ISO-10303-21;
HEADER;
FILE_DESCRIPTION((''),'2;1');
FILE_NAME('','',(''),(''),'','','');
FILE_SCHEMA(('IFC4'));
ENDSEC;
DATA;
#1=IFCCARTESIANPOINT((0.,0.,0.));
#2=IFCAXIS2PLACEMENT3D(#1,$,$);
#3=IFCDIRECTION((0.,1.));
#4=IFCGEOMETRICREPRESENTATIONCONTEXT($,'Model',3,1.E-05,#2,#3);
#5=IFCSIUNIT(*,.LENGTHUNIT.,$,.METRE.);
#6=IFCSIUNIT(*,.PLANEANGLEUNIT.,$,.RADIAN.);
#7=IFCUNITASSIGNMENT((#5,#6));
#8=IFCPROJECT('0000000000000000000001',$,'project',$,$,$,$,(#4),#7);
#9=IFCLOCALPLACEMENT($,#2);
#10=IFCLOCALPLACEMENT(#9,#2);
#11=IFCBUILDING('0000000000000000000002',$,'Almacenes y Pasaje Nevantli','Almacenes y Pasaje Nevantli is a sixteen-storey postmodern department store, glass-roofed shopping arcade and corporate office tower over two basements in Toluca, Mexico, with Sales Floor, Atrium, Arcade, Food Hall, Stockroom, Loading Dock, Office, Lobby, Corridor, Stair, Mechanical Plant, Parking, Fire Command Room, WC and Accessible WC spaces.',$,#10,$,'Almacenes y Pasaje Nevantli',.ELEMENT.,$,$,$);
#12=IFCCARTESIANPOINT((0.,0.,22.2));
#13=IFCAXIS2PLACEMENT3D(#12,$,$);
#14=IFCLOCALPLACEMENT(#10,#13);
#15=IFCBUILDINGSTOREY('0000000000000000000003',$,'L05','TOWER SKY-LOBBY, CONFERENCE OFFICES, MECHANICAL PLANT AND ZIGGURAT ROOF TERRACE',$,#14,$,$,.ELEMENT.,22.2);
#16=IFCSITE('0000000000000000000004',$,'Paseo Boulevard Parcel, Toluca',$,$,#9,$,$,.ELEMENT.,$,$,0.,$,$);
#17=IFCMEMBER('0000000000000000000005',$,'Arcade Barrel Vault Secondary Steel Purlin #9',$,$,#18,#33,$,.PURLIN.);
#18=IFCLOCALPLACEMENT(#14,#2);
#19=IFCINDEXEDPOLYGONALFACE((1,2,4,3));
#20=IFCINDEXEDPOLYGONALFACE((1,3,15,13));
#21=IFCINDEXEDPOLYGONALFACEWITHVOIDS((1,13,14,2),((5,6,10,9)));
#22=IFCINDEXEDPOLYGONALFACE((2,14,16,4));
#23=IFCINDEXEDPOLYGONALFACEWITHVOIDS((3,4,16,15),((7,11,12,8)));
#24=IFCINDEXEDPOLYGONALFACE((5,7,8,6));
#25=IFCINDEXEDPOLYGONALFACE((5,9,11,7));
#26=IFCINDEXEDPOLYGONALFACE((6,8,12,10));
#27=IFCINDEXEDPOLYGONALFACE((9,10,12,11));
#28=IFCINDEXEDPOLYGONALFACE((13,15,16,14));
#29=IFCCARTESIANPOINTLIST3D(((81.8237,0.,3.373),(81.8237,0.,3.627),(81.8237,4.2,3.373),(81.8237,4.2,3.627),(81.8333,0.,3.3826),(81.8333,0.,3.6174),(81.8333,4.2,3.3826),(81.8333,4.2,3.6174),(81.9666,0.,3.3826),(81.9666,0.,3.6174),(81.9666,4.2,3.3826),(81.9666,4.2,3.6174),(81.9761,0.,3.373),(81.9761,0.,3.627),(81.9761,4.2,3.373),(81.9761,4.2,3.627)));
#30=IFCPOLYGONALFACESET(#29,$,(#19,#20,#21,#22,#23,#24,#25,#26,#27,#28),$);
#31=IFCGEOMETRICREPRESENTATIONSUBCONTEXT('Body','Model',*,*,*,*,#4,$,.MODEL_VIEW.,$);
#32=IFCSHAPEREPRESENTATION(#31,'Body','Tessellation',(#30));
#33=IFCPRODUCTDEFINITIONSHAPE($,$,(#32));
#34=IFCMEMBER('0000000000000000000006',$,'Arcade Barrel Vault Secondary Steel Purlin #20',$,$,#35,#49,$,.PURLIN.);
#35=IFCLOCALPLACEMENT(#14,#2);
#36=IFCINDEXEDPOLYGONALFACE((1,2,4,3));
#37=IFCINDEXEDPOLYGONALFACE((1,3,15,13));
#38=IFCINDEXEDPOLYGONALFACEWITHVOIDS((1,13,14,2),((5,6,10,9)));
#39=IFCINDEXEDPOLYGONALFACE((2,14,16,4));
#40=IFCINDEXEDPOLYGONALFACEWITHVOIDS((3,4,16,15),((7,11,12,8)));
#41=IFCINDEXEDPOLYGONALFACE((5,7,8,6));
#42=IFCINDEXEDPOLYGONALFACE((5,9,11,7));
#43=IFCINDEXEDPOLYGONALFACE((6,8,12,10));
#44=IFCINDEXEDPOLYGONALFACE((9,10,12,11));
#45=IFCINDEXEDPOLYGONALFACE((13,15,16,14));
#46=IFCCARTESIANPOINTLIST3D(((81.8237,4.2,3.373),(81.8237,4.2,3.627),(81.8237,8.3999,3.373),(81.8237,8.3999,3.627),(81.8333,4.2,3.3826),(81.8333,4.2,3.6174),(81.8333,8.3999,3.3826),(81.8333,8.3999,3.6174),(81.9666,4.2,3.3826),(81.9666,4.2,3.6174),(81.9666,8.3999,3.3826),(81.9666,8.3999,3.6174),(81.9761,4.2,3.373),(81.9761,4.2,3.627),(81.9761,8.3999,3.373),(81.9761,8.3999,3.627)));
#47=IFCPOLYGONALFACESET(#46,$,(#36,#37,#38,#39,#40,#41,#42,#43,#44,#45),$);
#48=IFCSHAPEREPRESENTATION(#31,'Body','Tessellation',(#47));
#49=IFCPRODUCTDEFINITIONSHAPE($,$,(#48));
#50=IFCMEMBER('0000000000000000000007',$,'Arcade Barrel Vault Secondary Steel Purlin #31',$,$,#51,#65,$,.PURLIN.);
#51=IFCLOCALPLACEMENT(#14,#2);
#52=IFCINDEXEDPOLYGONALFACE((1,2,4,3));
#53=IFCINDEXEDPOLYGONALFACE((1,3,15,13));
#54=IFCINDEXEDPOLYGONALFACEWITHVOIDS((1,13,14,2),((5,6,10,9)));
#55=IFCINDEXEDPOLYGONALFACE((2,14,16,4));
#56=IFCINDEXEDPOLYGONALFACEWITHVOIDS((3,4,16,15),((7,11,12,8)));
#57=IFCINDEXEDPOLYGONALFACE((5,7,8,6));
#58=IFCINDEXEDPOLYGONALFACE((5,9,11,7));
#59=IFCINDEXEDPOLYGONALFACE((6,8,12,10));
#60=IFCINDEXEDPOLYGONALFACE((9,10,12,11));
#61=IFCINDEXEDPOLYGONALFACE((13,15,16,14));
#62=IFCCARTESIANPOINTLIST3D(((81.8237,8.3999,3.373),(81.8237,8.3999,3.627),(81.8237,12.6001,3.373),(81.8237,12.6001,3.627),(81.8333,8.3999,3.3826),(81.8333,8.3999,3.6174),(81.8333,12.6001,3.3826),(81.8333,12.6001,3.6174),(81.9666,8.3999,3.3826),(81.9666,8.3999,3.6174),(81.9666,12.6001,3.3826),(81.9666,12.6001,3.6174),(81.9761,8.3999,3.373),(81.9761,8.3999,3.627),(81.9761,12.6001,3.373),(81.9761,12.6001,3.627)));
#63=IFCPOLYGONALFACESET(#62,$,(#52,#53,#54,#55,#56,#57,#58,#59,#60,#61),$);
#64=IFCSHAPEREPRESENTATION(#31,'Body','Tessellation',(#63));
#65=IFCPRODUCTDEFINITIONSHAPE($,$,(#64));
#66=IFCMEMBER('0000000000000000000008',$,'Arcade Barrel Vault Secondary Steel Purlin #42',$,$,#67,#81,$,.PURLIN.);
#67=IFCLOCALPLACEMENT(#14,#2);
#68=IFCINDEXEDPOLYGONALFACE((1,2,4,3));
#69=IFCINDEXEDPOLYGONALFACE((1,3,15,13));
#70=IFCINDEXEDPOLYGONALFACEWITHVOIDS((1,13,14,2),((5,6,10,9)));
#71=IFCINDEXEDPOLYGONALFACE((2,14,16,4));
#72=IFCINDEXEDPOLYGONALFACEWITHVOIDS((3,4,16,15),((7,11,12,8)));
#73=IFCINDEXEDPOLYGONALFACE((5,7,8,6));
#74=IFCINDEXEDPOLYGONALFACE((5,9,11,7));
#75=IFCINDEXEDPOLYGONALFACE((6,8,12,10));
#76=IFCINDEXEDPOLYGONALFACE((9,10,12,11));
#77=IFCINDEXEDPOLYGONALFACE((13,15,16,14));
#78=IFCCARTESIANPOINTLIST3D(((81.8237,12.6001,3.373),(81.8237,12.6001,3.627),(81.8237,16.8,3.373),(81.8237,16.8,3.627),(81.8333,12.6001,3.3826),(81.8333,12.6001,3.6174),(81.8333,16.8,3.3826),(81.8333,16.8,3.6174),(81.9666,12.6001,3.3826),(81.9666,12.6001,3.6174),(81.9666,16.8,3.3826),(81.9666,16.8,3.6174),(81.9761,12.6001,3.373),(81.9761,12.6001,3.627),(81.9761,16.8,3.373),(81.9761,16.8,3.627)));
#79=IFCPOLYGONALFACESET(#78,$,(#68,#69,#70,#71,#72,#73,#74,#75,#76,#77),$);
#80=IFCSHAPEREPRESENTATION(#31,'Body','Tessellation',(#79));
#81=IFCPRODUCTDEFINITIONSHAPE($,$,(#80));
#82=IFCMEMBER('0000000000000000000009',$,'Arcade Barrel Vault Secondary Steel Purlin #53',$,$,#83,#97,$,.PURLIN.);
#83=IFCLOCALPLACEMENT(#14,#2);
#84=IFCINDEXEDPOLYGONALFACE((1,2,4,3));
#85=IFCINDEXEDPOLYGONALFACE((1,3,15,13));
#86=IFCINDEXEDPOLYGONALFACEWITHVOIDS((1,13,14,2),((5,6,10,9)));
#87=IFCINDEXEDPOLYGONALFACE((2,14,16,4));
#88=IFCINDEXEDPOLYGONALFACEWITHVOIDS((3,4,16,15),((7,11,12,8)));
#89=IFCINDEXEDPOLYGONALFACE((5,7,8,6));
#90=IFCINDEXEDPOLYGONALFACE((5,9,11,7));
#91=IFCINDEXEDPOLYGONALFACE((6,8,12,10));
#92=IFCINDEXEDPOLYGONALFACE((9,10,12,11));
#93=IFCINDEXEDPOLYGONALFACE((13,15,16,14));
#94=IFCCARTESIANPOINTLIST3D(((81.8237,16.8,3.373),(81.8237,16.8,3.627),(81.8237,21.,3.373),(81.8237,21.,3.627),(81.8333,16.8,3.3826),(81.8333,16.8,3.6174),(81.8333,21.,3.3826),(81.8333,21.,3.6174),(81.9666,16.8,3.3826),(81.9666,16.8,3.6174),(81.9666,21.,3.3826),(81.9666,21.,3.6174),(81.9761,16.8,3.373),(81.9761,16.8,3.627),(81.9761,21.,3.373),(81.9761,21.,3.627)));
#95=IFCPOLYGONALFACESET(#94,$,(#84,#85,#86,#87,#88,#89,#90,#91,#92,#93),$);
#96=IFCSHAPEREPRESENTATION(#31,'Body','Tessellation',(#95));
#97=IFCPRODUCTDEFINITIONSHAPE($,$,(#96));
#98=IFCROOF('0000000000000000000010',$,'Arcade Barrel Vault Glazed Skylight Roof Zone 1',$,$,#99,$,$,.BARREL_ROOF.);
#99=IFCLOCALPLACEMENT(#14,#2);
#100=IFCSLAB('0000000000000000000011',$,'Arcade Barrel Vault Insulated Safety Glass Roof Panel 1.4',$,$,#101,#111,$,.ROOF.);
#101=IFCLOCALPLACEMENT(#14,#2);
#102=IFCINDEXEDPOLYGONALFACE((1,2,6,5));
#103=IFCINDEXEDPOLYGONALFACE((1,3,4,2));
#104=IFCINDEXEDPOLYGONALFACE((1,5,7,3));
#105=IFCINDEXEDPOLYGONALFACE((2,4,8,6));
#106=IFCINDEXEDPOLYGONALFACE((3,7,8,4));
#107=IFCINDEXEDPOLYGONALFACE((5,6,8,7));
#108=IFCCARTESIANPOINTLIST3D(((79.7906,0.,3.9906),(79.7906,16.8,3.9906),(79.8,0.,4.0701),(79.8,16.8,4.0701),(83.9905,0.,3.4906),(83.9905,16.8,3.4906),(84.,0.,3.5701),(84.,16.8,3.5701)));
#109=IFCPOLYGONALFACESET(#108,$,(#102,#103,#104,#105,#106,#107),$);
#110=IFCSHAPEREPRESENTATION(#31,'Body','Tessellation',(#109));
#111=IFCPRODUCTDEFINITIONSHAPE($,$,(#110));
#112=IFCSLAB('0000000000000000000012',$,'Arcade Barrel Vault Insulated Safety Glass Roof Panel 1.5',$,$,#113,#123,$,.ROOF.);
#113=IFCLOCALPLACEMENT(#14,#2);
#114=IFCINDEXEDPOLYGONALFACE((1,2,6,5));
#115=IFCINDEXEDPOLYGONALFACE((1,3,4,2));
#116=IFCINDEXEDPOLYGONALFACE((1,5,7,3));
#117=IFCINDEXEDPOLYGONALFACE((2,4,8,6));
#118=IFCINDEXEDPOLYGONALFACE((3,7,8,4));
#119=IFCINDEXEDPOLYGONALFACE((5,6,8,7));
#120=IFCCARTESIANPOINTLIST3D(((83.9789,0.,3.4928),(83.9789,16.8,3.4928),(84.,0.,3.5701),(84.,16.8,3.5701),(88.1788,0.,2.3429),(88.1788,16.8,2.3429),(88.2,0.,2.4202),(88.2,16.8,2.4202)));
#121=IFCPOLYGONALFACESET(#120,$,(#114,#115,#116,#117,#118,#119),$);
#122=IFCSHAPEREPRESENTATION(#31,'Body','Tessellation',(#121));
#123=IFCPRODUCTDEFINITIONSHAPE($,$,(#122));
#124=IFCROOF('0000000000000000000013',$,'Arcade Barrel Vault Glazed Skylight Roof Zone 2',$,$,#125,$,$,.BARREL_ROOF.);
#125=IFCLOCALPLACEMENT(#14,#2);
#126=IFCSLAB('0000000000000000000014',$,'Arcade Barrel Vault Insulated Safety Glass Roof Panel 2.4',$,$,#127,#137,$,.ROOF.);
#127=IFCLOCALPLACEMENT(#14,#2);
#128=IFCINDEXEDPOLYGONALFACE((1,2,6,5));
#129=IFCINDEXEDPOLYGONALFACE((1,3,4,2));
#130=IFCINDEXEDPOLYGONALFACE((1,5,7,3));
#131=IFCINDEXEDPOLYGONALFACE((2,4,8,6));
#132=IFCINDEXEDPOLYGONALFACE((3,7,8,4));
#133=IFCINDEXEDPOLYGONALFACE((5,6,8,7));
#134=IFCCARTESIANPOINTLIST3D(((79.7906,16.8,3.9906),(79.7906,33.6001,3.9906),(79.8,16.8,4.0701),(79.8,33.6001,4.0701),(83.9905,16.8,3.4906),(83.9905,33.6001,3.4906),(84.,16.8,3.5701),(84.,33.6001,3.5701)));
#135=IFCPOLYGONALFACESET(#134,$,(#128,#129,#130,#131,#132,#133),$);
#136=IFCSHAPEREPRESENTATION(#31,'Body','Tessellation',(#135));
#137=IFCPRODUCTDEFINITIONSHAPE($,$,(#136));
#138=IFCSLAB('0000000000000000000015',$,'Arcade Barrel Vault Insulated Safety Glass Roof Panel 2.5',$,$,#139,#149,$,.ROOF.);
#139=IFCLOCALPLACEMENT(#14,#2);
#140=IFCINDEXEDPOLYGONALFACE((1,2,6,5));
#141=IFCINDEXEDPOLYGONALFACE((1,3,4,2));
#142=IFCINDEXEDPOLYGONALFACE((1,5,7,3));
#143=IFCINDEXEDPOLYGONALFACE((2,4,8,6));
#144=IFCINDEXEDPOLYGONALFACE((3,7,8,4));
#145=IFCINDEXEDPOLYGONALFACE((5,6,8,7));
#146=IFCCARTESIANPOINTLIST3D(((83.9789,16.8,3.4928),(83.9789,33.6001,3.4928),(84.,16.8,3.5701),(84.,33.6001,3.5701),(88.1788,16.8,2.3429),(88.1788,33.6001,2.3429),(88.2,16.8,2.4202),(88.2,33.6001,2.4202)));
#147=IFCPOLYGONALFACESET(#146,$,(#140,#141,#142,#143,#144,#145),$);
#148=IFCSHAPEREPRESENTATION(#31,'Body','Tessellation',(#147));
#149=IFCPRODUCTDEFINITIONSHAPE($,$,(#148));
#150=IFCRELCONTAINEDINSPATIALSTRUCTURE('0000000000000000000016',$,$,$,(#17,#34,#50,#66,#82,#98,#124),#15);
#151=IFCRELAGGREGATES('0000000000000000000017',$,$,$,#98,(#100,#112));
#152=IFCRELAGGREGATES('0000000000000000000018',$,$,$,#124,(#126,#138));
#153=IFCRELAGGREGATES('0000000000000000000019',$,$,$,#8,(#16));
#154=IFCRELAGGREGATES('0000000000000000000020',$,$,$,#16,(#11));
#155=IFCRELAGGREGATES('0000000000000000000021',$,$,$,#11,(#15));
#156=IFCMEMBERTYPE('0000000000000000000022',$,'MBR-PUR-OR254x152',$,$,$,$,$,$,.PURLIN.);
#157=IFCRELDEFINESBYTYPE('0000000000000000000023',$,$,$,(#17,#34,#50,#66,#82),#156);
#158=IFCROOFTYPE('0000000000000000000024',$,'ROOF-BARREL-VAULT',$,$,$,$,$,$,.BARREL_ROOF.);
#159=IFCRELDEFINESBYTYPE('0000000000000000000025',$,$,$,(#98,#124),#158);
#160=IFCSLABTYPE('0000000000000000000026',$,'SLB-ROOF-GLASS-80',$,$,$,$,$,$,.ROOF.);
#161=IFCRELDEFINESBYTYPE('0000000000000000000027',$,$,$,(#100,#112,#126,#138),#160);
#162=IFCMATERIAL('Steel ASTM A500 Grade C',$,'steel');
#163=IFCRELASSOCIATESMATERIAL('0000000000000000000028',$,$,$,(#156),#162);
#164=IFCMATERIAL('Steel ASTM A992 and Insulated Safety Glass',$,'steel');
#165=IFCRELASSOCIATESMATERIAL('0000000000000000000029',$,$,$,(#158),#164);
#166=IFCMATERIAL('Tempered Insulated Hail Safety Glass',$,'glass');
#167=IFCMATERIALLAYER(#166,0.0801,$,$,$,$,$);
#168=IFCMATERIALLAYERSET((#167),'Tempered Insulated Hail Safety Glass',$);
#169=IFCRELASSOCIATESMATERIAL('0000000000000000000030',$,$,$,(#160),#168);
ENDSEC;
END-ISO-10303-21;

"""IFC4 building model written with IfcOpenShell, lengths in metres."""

from ifc_helpers import new_model, si_unit, direction, frame, origin, origin_2d, place, context, subcontext, project, spatial, polyline, hollow_rectangle, outline, extrude, material, layer, layer_set, material_profile, profile_set, type_object, element, aggregate, save


model = new_model("IFC4")

# Units and contexts
model_context = context("Model", 3, precision=1e-05, world=origin(), true_north=direction((0.0, 1.0)))
body_context = subcontext(model_context, "Body", "Model", "MODEL_VIEW")
ifc_project = project(units=[si_unit("LENGTHUNIT", "METRE"), si_unit("PLANEANGLEUNIT", "RADIAN")], contexts=[model_context])

# Site, building, storey
site_placement = place(None, origin())
site = spatial("IfcSite", under=ifc_project, at=site_placement, Name="Paseo Boulevard Parcel, Toluca", CompositionType="ELEMENT", RefElevation=0.0)
building_placement = place(site_placement, origin())
building = spatial("IfcBuilding", under=site, at=building_placement, Name="Almacenes y Pasaje Nevantli", Description="Almacenes y Pasaje Nevantli is a sixteen-storey postmodern department store, glass-roofed shopping arcade and corporate office tower over two basements in Toluca, Mexico, with Sales Floor, Atrium, Arcade, Food Hall, Stockroom, Loading Dock, Office, Lobby, Corridor, Stair, Mechanical Plant, Parking, Fire Command Room, WC and Accessible WC spaces.", LongName="Almacenes y Pasaje Nevantli", CompositionType="ELEMENT")
storey_placement = place(building_placement, frame((0.0, 0.0, 22.2)))
storey = spatial("IfcBuildingStorey", under=building, at=storey_placement, Name="L05", Description="TOWER SKY-LOBBY, CONFERENCE OFFICES, MECHANICAL PLANT AND ZIGGURAT ROOF TERRACE", CompositionType="ELEMENT", Elevation=22.2)

# Members
ifc_material_1 = material(Name="Steel ASTM A500 Grade C", Category="steel")
ifc_material_profile_1 = material_profile(ifc_material_1, hollow_rectangle(XDim=0.1523, YDim=0.2539, WallThickness=0.0095, at=origin_2d()), Name="OR 254x152x9.5")
ifc_profile_set_1 = profile_set([ifc_material_profile_1], Name="Steel ASTM A500 Grade C")
member_type_1 = type_object("IfcMemberType", Name="MBR-PUR-OR254x152", PredefinedType="PURLIN", material=ifc_profile_set_1)
for number, where, z_axis, x_axis, name in (
    (1, (81.8999, 0.0, 3.5), (0.0, 1.0, 0.0), (-1.0, 0.0, 0.0), "Arcade Barrel Vault Secondary Steel Purlin #9"),
    (2, (81.8999, 4.2, 3.5), (0.0, 1.0, 0.0), (-1.0, 0.0, 0.0), "Arcade Barrel Vault Secondary Steel Purlin #20"),
):
    element("IfcMember", number, at=place(storey_placement, frame(where, z_axis=z_axis, x_axis=x_axis)), inside=storey, type_object=member_type_1, Name=name, PredefinedType="PURLIN", context=body_context, shape_type="SweptSolid", body=[
        extrude(hollow_rectangle(XDim=0.1523, YDim=0.2539, WallThickness=0.0095, at=origin_2d()), origin(), (0.0, 0.0, 1.0), 4.2),
    ])
member_1_placement = place(storey_placement, frame((81.8999, 8.3999, 3.5), z_axis=(0.0, 1.0, 0.0), x_axis=(-1.0, 0.0, 0.0)))
element("IfcMember", 3, at=member_1_placement, inside=storey, type_object=member_type_1, Name="Arcade Barrel Vault Secondary Steel Purlin #31", PredefinedType="PURLIN", context=body_context, shape_type="SweptSolid", body=[
    extrude(hollow_rectangle(XDim=0.1523, YDim=0.2539, WallThickness=0.0095, at=origin_2d()), origin(), (0.0, 0.0, 1.0), 4.2002),
])
for number, where, z_axis, x_axis, name in (
    (4, (81.8999, 12.6001, 3.5), (0.0, 1.0, 0.0), (-1.0, 0.0, 0.0), "Arcade Barrel Vault Secondary Steel Purlin #42"),
    (5, (81.8999, 16.8, 3.5), (0.0, 1.0, 0.0), (-1.0, 0.0, 0.0), "Arcade Barrel Vault Secondary Steel Purlin #53"),
):
    element("IfcMember", number, at=place(storey_placement, frame(where, z_axis=z_axis, x_axis=x_axis)), inside=storey, type_object=member_type_1, Name=name, PredefinedType="PURLIN", context=body_context, shape_type="SweptSolid", body=[
        extrude(hollow_rectangle(XDim=0.1523, YDim=0.2539, WallThickness=0.0095, at=origin_2d()), origin(), (0.0, 0.0, 1.0), 4.2),
    ])

# Roofs, slabs
ifc_material_2 = material(Name="Steel ASTM A992 and Insulated Safety Glass", Category="steel")
roof_type = type_object("IfcRoofType", Name="ROOF-BARREL-VAULT", PredefinedType="BARREL_ROOF", material=ifc_material_2)
roof_1_placement = place(storey_placement, origin())
roof_1 = element("IfcRoof", 6, at=roof_1_placement, inside=storey, type_object=roof_type, Name="Arcade Barrel Vault Glazed Skylight Roof Zone 1", PredefinedType="BARREL_ROOF")
ifc_material_3 = material(Name="Tempered Insulated Hail Safety Glass", Category="glass")
ifc_layer = layer(ifc_material_3, 0.0801)
ifc_layer_set = layer_set([ifc_layer], Name="Tempered Insulated Hail Safety Glass")
slab_type = type_object("IfcSlabType", Name="SLB-ROOF-GLASS-80", PredefinedType="ROOF", material=ifc_layer_set)
slab_1_placement = place(storey_placement, frame((79.8, 0.0, 4.0701), z_axis=(0.118214, 0.0, 0.992988), x_axis=(0.992988, 0.0, -0.118214)))
slab_1 = element("IfcSlab", 7, at=slab_1_placement, type_object=slab_type, Name="Arcade Barrel Vault Insulated Safety Glass Roof Panel 1.4", PredefinedType="ROOF", context=body_context, shape_type="SweptSolid", body=[
    extrude(outline(polyline([(0.0, 0.0), (4.2296, 0.0), (4.2296, 16.8), (0.0, 16.8), (0.0, 0.0)])), origin(), (0.0, 0.0, -1.0), 0.0801),
])
slab_2_placement = place(storey_placement, frame((84.0, 0.0, 3.5701), z_axis=(0.264071, 0.0, 0.964503), x_axis=(0.964503, 0.0, -0.264071)))
slab_2 = element("IfcSlab", 8, at=slab_2_placement, type_object=slab_type, Name="Arcade Barrel Vault Insulated Safety Glass Roof Panel 1.5", PredefinedType="ROOF", context=body_context, shape_type="SweptSolid", body=[
    extrude(outline(polyline([(0.0, 0.0), (4.3545, 0.0), (4.3545, 16.8), (0.0, 16.8), (0.0, 0.0)])), origin(), (0.0, 0.0, -1.0), 0.0801),
])
aggregate(roof_1, [slab_1, slab_2])
roof_2_placement = place(storey_placement, origin())
roof_2 = element("IfcRoof", 9, at=roof_2_placement, inside=storey, type_object=roof_type, Name="Arcade Barrel Vault Glazed Skylight Roof Zone 2", PredefinedType="BARREL_ROOF")
slab_3_placement = place(storey_placement, frame((79.8, 16.8, 4.0701), z_axis=(0.118214, 0.0, 0.992988), x_axis=(0.992988, 0.0, -0.118214)))
slab_3 = element("IfcSlab", 10, at=slab_3_placement, type_object=slab_type, Name="Arcade Barrel Vault Insulated Safety Glass Roof Panel 2.4", PredefinedType="ROOF", context=body_context, shape_type="SweptSolid", body=[
    extrude(outline(polyline([(0.0, 0.0), (4.2296, 0.0), (4.2296, 16.8), (0.0, 16.8), (0.0, 0.0)])), origin(), (0.0, 0.0, -1.0), 0.0801),
])
slab_4_placement = place(storey_placement, frame((84.0, 16.8, 3.5701), z_axis=(0.264071, 0.0, 0.964503), x_axis=(0.964503, 0.0, -0.264071)))
slab_4 = element("IfcSlab", 11, at=slab_4_placement, type_object=slab_type, Name="Arcade Barrel Vault Insulated Safety Glass Roof Panel 2.5", PredefinedType="ROOF", context=body_context, shape_type="SweptSolid", body=[
    extrude(outline(polyline([(0.0, 0.0), (4.3545, 0.0), (4.3545, 16.8), (0.0, 16.8), (0.0, 0.0)])), origin(), (0.0, 0.0, -1.0), 0.0801),
])
aggregate(roof_2, [slab_3, slab_4])

save(model, "model.ifc")
